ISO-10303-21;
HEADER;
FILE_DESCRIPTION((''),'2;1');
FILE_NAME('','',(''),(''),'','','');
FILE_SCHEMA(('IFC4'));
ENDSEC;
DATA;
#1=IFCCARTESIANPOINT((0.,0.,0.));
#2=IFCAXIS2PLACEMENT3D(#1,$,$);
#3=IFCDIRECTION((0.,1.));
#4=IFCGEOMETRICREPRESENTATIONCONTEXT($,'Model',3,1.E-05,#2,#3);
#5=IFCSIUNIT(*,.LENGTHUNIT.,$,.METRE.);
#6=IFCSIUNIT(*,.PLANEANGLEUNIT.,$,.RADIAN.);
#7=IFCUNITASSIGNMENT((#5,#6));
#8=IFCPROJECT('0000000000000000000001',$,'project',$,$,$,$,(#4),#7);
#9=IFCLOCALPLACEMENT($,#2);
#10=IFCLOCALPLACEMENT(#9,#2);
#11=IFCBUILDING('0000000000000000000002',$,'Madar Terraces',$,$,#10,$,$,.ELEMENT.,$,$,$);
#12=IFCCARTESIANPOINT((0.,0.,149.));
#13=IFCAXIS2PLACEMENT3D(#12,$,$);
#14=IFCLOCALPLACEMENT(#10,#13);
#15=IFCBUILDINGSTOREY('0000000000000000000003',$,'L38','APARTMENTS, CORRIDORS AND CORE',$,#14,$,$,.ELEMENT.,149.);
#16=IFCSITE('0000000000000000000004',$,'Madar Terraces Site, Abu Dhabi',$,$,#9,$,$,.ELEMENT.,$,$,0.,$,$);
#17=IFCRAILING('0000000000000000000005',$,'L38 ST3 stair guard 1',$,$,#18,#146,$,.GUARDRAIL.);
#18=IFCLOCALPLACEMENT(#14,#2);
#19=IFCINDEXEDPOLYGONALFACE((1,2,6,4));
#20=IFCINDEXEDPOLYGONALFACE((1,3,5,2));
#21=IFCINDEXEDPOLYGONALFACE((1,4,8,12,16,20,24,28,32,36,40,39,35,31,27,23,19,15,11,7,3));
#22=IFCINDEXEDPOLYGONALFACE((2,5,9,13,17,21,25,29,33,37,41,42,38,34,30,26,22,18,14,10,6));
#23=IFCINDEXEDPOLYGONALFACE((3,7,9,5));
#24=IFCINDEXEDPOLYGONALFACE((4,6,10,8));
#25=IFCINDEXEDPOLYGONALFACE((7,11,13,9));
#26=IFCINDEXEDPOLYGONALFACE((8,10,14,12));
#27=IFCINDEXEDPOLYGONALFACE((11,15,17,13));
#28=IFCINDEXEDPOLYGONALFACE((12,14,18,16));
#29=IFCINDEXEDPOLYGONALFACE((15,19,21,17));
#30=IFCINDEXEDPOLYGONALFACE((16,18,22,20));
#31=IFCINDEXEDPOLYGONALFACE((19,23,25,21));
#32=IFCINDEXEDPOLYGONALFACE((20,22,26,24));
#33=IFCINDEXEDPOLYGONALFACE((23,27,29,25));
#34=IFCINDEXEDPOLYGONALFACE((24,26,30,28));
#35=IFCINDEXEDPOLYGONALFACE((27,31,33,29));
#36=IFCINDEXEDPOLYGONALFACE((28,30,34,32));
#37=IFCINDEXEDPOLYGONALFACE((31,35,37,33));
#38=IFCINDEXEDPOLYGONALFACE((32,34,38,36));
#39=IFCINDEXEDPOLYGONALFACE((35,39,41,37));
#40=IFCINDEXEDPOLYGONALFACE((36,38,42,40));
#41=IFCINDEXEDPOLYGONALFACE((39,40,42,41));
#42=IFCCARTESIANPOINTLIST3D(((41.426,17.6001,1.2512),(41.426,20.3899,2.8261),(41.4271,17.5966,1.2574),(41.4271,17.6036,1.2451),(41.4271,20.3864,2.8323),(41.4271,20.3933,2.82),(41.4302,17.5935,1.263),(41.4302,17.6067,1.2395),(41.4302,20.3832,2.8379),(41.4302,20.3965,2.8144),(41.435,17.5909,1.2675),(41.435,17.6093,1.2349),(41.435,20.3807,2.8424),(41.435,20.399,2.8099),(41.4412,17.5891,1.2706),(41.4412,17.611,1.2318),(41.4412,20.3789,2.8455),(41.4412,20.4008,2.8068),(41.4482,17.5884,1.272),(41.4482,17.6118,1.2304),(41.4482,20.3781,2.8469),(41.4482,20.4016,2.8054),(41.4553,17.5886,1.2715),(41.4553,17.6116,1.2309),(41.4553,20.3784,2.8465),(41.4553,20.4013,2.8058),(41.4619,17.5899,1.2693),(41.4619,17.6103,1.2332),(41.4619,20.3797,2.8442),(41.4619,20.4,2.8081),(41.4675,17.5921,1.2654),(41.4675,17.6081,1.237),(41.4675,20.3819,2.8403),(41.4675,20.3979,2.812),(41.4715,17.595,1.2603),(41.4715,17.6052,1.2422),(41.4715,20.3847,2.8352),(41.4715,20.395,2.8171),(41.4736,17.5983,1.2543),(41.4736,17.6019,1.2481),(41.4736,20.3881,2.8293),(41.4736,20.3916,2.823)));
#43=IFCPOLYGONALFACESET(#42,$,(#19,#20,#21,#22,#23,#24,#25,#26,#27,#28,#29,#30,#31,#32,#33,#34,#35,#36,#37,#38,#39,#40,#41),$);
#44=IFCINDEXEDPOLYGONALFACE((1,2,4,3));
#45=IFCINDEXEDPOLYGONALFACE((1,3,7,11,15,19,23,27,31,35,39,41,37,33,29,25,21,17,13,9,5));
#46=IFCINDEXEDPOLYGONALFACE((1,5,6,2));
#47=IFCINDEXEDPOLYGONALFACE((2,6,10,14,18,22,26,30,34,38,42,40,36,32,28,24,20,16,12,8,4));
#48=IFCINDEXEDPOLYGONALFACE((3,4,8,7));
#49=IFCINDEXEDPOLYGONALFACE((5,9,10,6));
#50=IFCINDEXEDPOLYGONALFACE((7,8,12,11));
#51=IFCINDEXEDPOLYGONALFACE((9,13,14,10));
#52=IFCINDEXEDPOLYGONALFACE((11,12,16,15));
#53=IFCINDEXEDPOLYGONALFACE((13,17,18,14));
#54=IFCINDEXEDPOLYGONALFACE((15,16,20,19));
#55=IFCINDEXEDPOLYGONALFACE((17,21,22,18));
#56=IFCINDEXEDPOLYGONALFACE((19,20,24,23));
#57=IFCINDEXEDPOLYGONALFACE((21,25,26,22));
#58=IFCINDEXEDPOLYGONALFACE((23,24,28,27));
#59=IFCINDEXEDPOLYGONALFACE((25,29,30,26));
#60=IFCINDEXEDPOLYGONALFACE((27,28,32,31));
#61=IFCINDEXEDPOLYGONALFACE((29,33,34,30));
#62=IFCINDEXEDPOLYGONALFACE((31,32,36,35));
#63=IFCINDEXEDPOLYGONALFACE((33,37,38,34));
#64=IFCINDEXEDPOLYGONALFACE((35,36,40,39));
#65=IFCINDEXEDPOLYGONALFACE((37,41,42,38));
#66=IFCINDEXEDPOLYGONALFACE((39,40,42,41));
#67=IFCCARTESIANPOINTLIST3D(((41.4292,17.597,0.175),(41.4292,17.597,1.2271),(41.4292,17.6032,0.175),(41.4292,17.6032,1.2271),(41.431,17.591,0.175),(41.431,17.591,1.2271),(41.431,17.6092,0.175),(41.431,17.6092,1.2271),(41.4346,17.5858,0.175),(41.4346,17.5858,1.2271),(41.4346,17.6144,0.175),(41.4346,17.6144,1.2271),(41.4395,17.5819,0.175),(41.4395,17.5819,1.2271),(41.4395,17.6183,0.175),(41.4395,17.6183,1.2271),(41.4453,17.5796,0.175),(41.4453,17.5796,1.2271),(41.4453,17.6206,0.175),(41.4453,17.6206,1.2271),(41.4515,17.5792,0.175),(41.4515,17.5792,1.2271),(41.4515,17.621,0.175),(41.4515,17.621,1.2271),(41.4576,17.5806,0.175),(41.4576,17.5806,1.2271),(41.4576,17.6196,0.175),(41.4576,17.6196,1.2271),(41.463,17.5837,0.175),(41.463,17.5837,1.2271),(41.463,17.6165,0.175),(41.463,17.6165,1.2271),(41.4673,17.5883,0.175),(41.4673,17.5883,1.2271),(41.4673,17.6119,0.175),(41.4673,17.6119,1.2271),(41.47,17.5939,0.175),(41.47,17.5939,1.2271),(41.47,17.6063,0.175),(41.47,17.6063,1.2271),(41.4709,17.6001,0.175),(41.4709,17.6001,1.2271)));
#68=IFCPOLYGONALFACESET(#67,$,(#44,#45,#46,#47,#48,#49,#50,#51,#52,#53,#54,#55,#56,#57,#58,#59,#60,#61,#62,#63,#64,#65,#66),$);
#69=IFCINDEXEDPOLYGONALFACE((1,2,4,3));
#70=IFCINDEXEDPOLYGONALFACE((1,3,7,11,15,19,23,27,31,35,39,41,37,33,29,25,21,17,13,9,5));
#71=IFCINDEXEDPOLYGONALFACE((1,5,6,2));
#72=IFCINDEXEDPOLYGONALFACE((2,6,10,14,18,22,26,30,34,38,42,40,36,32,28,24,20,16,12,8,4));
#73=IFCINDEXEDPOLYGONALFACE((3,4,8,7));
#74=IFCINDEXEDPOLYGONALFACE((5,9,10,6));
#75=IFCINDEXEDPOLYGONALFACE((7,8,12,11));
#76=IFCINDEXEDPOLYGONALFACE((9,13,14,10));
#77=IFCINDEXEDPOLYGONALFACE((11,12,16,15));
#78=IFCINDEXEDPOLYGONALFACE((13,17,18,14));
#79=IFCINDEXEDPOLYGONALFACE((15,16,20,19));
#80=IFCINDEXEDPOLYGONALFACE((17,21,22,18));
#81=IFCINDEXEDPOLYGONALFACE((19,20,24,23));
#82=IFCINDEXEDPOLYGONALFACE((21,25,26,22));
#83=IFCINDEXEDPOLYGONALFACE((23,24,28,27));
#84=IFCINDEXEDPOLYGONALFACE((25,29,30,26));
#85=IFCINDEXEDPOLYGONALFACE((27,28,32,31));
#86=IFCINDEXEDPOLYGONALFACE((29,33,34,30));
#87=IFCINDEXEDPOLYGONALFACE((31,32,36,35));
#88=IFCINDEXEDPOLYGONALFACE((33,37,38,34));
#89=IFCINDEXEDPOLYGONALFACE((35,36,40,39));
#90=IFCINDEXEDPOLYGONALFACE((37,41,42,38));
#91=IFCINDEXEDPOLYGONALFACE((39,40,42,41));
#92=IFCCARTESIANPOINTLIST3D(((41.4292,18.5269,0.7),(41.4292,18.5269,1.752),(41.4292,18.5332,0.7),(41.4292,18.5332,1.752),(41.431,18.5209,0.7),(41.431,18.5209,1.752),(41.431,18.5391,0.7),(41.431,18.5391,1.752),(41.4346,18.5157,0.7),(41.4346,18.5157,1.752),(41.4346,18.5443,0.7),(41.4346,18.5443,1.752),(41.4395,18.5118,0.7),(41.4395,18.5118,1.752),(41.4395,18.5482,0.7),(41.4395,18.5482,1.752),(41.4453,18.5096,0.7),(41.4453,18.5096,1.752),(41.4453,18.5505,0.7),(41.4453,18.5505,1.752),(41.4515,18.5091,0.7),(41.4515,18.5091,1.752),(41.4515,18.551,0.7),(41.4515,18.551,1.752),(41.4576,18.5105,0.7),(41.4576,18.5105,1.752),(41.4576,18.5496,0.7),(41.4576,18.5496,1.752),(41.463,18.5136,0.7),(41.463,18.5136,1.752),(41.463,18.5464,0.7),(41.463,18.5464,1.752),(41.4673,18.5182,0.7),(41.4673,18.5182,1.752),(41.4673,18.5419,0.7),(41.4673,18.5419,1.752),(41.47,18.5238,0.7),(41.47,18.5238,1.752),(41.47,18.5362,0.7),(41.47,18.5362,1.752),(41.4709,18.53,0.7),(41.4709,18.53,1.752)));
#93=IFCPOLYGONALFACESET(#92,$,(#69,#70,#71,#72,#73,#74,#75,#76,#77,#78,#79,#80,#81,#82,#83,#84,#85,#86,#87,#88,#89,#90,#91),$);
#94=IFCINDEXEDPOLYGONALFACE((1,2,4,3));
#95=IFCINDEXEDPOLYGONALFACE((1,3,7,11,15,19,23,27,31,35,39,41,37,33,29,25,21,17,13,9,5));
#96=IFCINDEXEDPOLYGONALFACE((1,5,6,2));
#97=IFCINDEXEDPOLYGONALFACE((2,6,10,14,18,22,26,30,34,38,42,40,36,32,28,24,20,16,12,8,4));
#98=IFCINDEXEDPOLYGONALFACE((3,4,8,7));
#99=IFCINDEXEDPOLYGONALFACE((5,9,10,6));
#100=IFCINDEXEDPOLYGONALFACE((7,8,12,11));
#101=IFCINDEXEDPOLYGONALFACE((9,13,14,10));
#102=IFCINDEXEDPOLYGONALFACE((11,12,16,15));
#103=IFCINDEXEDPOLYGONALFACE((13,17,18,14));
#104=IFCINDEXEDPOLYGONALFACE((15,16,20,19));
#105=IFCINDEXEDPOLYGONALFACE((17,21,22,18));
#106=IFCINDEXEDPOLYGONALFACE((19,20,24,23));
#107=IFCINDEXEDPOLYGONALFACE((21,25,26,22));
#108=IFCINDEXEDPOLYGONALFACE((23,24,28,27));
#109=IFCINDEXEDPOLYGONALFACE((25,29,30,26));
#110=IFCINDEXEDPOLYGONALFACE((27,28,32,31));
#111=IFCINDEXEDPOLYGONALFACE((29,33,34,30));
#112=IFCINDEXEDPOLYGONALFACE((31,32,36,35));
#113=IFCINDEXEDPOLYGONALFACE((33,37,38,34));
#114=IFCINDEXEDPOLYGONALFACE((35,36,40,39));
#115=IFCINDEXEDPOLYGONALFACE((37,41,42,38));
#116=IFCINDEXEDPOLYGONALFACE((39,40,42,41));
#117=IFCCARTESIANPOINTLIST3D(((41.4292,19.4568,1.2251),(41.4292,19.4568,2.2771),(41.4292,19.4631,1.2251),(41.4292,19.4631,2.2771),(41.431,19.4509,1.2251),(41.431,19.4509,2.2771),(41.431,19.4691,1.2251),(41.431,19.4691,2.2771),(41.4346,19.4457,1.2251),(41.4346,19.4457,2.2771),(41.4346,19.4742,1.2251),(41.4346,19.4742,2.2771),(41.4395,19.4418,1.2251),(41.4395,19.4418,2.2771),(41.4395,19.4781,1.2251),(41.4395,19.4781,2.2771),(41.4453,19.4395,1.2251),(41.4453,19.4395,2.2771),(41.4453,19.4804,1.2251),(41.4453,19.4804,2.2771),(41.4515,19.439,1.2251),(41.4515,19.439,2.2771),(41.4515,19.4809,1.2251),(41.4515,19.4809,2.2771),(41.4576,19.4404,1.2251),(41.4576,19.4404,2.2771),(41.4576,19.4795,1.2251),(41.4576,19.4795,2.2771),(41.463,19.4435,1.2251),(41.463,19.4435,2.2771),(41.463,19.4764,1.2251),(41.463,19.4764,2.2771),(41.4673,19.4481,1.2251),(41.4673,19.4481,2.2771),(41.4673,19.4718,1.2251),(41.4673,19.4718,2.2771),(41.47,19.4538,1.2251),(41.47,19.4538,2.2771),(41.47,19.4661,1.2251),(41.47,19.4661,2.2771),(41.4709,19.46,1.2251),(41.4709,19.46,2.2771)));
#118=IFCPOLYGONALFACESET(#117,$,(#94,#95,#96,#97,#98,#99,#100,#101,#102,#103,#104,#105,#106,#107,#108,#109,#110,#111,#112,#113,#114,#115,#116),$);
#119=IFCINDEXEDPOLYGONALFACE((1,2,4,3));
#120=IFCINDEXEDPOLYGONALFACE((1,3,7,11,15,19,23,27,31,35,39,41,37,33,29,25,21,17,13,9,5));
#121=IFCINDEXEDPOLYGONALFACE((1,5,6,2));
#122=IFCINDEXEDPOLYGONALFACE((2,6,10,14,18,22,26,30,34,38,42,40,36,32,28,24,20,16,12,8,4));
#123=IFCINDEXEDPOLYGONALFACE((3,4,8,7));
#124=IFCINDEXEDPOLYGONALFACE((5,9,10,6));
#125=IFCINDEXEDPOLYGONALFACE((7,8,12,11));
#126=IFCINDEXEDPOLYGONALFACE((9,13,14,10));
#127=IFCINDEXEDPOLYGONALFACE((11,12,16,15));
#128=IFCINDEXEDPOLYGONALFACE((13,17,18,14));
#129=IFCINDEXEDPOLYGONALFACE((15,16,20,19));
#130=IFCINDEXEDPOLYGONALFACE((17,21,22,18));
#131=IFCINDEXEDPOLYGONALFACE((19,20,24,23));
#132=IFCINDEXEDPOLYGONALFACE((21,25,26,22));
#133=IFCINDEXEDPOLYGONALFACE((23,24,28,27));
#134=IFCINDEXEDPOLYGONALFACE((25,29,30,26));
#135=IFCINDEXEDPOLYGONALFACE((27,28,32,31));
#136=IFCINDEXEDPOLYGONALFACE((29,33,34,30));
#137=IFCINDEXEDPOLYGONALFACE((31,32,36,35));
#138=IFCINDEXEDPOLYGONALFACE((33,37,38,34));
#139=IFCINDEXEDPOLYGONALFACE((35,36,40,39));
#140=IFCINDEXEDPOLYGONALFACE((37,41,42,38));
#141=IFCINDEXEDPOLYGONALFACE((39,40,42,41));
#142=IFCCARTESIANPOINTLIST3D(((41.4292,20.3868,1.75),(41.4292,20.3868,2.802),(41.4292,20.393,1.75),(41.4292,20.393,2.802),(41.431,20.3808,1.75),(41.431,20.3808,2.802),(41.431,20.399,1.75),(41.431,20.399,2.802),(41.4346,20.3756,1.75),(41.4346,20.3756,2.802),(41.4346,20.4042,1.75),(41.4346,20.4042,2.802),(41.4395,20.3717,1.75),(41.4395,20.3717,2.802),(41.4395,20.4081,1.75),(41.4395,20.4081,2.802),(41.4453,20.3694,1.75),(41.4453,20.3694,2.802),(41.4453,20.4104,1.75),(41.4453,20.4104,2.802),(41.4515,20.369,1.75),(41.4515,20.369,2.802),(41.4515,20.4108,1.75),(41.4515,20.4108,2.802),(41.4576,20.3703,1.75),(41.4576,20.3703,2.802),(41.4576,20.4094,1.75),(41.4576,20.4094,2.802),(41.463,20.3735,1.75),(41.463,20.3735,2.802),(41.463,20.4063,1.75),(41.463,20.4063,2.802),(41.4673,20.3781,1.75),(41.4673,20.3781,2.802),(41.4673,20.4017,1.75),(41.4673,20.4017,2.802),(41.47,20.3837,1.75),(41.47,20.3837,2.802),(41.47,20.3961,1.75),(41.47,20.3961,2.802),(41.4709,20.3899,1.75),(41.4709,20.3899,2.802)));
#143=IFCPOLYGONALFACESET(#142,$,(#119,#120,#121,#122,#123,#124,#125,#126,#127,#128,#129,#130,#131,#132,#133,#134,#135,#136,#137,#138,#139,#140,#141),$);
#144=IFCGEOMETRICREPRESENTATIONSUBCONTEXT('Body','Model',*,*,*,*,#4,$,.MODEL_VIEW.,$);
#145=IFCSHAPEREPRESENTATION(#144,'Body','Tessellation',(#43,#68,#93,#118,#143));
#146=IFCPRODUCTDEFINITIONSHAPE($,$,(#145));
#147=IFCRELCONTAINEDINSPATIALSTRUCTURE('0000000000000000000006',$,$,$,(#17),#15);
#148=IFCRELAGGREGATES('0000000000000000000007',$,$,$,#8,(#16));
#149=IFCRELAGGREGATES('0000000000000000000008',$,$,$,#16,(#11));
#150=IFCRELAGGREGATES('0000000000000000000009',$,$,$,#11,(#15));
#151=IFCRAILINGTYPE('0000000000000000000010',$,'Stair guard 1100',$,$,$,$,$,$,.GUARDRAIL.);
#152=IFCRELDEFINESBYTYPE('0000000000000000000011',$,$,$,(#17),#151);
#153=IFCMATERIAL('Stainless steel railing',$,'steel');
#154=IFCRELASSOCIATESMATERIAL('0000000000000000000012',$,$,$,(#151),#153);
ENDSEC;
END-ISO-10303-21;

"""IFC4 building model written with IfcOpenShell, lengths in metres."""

from ifc_helpers import new_model, si_unit, direction, frame, origin, origin_2d, place, context, subcontext, project, spatial, circle, extrude, material, type_object, element, save


model = new_model("IFC4")

# Units and contexts
model_context = context("Model", 3, precision=1e-05, world=origin(), true_north=direction((0.0, 1.0)))
body_context = subcontext(model_context, "Body", "Model", "MODEL_VIEW")
ifc_project = project(units=[si_unit("LENGTHUNIT", "METRE"), si_unit("PLANEANGLEUNIT", "RADIAN")], contexts=[model_context])

# Site, building, storey
site_placement = place(None, origin())
site = spatial("IfcSite", under=ifc_project, at=site_placement, Name="Madar Terraces Site, Abu Dhabi", CompositionType="ELEMENT", RefElevation=0.0)
building_placement = place(site_placement, origin())
building = spatial("IfcBuilding", under=site, at=building_placement, Name="Madar Terraces", CompositionType="ELEMENT")
storey_placement = place(building_placement, frame((0.0, 0.0, 149.0)))
storey = spatial("IfcBuildingStorey", under=building, at=storey_placement, Name="L38", Description="APARTMENTS, CORRIDORS AND CORE", CompositionType="ELEMENT", Elevation=149.0)

# Railing
ifc_material_1 = material(Name="Stainless steel railing", Category="steel")
railing_type_1 = type_object("IfcRailingType", Name="Stair guard 1100", PredefinedType="GUARDRAIL", material=ifc_material_1)
railing_1_placement = place(storey_placement, frame((41.45, 17.6001, 0.175)))
element("IfcRailing", 1, at=railing_1_placement, inside=storey, type_object=railing_type_1, Name="L38 ST3 stair guard 1", PredefinedType="GUARDRAIL", context=body_context, shape_type="SweptSolid", body=[
    extrude(circle(Radius=0.0239, at=origin_2d()), frame((0.0, 0.0, 1.0762), z_axis=(0.0, 0.870815, 0.49161), x_axis=(-1.0, 0.0, 0.0)), (0.0, 0.0, 1.0), 3.2036),
    extrude(circle(Radius=0.021, at=origin_2d()), origin(), (0.0, 0.0, 1.0), 1.052),
    extrude(circle(Radius=0.021, at=origin_2d()), frame((0.0, 0.9299, 0.5249)), (0.0, 0.0, 1.0), 1.052),
    extrude(circle(Radius=0.021, at=origin_2d()), frame((0.0, 1.8599, 1.05)), (0.0, 0.0, 1.0), 1.052),
    extrude(circle(Radius=0.021, at=origin_2d()), frame((0.0, 2.7898, 1.575)), (0.0, 0.0, 1.0), 1.052),
])

save(model, "model.ifc")
